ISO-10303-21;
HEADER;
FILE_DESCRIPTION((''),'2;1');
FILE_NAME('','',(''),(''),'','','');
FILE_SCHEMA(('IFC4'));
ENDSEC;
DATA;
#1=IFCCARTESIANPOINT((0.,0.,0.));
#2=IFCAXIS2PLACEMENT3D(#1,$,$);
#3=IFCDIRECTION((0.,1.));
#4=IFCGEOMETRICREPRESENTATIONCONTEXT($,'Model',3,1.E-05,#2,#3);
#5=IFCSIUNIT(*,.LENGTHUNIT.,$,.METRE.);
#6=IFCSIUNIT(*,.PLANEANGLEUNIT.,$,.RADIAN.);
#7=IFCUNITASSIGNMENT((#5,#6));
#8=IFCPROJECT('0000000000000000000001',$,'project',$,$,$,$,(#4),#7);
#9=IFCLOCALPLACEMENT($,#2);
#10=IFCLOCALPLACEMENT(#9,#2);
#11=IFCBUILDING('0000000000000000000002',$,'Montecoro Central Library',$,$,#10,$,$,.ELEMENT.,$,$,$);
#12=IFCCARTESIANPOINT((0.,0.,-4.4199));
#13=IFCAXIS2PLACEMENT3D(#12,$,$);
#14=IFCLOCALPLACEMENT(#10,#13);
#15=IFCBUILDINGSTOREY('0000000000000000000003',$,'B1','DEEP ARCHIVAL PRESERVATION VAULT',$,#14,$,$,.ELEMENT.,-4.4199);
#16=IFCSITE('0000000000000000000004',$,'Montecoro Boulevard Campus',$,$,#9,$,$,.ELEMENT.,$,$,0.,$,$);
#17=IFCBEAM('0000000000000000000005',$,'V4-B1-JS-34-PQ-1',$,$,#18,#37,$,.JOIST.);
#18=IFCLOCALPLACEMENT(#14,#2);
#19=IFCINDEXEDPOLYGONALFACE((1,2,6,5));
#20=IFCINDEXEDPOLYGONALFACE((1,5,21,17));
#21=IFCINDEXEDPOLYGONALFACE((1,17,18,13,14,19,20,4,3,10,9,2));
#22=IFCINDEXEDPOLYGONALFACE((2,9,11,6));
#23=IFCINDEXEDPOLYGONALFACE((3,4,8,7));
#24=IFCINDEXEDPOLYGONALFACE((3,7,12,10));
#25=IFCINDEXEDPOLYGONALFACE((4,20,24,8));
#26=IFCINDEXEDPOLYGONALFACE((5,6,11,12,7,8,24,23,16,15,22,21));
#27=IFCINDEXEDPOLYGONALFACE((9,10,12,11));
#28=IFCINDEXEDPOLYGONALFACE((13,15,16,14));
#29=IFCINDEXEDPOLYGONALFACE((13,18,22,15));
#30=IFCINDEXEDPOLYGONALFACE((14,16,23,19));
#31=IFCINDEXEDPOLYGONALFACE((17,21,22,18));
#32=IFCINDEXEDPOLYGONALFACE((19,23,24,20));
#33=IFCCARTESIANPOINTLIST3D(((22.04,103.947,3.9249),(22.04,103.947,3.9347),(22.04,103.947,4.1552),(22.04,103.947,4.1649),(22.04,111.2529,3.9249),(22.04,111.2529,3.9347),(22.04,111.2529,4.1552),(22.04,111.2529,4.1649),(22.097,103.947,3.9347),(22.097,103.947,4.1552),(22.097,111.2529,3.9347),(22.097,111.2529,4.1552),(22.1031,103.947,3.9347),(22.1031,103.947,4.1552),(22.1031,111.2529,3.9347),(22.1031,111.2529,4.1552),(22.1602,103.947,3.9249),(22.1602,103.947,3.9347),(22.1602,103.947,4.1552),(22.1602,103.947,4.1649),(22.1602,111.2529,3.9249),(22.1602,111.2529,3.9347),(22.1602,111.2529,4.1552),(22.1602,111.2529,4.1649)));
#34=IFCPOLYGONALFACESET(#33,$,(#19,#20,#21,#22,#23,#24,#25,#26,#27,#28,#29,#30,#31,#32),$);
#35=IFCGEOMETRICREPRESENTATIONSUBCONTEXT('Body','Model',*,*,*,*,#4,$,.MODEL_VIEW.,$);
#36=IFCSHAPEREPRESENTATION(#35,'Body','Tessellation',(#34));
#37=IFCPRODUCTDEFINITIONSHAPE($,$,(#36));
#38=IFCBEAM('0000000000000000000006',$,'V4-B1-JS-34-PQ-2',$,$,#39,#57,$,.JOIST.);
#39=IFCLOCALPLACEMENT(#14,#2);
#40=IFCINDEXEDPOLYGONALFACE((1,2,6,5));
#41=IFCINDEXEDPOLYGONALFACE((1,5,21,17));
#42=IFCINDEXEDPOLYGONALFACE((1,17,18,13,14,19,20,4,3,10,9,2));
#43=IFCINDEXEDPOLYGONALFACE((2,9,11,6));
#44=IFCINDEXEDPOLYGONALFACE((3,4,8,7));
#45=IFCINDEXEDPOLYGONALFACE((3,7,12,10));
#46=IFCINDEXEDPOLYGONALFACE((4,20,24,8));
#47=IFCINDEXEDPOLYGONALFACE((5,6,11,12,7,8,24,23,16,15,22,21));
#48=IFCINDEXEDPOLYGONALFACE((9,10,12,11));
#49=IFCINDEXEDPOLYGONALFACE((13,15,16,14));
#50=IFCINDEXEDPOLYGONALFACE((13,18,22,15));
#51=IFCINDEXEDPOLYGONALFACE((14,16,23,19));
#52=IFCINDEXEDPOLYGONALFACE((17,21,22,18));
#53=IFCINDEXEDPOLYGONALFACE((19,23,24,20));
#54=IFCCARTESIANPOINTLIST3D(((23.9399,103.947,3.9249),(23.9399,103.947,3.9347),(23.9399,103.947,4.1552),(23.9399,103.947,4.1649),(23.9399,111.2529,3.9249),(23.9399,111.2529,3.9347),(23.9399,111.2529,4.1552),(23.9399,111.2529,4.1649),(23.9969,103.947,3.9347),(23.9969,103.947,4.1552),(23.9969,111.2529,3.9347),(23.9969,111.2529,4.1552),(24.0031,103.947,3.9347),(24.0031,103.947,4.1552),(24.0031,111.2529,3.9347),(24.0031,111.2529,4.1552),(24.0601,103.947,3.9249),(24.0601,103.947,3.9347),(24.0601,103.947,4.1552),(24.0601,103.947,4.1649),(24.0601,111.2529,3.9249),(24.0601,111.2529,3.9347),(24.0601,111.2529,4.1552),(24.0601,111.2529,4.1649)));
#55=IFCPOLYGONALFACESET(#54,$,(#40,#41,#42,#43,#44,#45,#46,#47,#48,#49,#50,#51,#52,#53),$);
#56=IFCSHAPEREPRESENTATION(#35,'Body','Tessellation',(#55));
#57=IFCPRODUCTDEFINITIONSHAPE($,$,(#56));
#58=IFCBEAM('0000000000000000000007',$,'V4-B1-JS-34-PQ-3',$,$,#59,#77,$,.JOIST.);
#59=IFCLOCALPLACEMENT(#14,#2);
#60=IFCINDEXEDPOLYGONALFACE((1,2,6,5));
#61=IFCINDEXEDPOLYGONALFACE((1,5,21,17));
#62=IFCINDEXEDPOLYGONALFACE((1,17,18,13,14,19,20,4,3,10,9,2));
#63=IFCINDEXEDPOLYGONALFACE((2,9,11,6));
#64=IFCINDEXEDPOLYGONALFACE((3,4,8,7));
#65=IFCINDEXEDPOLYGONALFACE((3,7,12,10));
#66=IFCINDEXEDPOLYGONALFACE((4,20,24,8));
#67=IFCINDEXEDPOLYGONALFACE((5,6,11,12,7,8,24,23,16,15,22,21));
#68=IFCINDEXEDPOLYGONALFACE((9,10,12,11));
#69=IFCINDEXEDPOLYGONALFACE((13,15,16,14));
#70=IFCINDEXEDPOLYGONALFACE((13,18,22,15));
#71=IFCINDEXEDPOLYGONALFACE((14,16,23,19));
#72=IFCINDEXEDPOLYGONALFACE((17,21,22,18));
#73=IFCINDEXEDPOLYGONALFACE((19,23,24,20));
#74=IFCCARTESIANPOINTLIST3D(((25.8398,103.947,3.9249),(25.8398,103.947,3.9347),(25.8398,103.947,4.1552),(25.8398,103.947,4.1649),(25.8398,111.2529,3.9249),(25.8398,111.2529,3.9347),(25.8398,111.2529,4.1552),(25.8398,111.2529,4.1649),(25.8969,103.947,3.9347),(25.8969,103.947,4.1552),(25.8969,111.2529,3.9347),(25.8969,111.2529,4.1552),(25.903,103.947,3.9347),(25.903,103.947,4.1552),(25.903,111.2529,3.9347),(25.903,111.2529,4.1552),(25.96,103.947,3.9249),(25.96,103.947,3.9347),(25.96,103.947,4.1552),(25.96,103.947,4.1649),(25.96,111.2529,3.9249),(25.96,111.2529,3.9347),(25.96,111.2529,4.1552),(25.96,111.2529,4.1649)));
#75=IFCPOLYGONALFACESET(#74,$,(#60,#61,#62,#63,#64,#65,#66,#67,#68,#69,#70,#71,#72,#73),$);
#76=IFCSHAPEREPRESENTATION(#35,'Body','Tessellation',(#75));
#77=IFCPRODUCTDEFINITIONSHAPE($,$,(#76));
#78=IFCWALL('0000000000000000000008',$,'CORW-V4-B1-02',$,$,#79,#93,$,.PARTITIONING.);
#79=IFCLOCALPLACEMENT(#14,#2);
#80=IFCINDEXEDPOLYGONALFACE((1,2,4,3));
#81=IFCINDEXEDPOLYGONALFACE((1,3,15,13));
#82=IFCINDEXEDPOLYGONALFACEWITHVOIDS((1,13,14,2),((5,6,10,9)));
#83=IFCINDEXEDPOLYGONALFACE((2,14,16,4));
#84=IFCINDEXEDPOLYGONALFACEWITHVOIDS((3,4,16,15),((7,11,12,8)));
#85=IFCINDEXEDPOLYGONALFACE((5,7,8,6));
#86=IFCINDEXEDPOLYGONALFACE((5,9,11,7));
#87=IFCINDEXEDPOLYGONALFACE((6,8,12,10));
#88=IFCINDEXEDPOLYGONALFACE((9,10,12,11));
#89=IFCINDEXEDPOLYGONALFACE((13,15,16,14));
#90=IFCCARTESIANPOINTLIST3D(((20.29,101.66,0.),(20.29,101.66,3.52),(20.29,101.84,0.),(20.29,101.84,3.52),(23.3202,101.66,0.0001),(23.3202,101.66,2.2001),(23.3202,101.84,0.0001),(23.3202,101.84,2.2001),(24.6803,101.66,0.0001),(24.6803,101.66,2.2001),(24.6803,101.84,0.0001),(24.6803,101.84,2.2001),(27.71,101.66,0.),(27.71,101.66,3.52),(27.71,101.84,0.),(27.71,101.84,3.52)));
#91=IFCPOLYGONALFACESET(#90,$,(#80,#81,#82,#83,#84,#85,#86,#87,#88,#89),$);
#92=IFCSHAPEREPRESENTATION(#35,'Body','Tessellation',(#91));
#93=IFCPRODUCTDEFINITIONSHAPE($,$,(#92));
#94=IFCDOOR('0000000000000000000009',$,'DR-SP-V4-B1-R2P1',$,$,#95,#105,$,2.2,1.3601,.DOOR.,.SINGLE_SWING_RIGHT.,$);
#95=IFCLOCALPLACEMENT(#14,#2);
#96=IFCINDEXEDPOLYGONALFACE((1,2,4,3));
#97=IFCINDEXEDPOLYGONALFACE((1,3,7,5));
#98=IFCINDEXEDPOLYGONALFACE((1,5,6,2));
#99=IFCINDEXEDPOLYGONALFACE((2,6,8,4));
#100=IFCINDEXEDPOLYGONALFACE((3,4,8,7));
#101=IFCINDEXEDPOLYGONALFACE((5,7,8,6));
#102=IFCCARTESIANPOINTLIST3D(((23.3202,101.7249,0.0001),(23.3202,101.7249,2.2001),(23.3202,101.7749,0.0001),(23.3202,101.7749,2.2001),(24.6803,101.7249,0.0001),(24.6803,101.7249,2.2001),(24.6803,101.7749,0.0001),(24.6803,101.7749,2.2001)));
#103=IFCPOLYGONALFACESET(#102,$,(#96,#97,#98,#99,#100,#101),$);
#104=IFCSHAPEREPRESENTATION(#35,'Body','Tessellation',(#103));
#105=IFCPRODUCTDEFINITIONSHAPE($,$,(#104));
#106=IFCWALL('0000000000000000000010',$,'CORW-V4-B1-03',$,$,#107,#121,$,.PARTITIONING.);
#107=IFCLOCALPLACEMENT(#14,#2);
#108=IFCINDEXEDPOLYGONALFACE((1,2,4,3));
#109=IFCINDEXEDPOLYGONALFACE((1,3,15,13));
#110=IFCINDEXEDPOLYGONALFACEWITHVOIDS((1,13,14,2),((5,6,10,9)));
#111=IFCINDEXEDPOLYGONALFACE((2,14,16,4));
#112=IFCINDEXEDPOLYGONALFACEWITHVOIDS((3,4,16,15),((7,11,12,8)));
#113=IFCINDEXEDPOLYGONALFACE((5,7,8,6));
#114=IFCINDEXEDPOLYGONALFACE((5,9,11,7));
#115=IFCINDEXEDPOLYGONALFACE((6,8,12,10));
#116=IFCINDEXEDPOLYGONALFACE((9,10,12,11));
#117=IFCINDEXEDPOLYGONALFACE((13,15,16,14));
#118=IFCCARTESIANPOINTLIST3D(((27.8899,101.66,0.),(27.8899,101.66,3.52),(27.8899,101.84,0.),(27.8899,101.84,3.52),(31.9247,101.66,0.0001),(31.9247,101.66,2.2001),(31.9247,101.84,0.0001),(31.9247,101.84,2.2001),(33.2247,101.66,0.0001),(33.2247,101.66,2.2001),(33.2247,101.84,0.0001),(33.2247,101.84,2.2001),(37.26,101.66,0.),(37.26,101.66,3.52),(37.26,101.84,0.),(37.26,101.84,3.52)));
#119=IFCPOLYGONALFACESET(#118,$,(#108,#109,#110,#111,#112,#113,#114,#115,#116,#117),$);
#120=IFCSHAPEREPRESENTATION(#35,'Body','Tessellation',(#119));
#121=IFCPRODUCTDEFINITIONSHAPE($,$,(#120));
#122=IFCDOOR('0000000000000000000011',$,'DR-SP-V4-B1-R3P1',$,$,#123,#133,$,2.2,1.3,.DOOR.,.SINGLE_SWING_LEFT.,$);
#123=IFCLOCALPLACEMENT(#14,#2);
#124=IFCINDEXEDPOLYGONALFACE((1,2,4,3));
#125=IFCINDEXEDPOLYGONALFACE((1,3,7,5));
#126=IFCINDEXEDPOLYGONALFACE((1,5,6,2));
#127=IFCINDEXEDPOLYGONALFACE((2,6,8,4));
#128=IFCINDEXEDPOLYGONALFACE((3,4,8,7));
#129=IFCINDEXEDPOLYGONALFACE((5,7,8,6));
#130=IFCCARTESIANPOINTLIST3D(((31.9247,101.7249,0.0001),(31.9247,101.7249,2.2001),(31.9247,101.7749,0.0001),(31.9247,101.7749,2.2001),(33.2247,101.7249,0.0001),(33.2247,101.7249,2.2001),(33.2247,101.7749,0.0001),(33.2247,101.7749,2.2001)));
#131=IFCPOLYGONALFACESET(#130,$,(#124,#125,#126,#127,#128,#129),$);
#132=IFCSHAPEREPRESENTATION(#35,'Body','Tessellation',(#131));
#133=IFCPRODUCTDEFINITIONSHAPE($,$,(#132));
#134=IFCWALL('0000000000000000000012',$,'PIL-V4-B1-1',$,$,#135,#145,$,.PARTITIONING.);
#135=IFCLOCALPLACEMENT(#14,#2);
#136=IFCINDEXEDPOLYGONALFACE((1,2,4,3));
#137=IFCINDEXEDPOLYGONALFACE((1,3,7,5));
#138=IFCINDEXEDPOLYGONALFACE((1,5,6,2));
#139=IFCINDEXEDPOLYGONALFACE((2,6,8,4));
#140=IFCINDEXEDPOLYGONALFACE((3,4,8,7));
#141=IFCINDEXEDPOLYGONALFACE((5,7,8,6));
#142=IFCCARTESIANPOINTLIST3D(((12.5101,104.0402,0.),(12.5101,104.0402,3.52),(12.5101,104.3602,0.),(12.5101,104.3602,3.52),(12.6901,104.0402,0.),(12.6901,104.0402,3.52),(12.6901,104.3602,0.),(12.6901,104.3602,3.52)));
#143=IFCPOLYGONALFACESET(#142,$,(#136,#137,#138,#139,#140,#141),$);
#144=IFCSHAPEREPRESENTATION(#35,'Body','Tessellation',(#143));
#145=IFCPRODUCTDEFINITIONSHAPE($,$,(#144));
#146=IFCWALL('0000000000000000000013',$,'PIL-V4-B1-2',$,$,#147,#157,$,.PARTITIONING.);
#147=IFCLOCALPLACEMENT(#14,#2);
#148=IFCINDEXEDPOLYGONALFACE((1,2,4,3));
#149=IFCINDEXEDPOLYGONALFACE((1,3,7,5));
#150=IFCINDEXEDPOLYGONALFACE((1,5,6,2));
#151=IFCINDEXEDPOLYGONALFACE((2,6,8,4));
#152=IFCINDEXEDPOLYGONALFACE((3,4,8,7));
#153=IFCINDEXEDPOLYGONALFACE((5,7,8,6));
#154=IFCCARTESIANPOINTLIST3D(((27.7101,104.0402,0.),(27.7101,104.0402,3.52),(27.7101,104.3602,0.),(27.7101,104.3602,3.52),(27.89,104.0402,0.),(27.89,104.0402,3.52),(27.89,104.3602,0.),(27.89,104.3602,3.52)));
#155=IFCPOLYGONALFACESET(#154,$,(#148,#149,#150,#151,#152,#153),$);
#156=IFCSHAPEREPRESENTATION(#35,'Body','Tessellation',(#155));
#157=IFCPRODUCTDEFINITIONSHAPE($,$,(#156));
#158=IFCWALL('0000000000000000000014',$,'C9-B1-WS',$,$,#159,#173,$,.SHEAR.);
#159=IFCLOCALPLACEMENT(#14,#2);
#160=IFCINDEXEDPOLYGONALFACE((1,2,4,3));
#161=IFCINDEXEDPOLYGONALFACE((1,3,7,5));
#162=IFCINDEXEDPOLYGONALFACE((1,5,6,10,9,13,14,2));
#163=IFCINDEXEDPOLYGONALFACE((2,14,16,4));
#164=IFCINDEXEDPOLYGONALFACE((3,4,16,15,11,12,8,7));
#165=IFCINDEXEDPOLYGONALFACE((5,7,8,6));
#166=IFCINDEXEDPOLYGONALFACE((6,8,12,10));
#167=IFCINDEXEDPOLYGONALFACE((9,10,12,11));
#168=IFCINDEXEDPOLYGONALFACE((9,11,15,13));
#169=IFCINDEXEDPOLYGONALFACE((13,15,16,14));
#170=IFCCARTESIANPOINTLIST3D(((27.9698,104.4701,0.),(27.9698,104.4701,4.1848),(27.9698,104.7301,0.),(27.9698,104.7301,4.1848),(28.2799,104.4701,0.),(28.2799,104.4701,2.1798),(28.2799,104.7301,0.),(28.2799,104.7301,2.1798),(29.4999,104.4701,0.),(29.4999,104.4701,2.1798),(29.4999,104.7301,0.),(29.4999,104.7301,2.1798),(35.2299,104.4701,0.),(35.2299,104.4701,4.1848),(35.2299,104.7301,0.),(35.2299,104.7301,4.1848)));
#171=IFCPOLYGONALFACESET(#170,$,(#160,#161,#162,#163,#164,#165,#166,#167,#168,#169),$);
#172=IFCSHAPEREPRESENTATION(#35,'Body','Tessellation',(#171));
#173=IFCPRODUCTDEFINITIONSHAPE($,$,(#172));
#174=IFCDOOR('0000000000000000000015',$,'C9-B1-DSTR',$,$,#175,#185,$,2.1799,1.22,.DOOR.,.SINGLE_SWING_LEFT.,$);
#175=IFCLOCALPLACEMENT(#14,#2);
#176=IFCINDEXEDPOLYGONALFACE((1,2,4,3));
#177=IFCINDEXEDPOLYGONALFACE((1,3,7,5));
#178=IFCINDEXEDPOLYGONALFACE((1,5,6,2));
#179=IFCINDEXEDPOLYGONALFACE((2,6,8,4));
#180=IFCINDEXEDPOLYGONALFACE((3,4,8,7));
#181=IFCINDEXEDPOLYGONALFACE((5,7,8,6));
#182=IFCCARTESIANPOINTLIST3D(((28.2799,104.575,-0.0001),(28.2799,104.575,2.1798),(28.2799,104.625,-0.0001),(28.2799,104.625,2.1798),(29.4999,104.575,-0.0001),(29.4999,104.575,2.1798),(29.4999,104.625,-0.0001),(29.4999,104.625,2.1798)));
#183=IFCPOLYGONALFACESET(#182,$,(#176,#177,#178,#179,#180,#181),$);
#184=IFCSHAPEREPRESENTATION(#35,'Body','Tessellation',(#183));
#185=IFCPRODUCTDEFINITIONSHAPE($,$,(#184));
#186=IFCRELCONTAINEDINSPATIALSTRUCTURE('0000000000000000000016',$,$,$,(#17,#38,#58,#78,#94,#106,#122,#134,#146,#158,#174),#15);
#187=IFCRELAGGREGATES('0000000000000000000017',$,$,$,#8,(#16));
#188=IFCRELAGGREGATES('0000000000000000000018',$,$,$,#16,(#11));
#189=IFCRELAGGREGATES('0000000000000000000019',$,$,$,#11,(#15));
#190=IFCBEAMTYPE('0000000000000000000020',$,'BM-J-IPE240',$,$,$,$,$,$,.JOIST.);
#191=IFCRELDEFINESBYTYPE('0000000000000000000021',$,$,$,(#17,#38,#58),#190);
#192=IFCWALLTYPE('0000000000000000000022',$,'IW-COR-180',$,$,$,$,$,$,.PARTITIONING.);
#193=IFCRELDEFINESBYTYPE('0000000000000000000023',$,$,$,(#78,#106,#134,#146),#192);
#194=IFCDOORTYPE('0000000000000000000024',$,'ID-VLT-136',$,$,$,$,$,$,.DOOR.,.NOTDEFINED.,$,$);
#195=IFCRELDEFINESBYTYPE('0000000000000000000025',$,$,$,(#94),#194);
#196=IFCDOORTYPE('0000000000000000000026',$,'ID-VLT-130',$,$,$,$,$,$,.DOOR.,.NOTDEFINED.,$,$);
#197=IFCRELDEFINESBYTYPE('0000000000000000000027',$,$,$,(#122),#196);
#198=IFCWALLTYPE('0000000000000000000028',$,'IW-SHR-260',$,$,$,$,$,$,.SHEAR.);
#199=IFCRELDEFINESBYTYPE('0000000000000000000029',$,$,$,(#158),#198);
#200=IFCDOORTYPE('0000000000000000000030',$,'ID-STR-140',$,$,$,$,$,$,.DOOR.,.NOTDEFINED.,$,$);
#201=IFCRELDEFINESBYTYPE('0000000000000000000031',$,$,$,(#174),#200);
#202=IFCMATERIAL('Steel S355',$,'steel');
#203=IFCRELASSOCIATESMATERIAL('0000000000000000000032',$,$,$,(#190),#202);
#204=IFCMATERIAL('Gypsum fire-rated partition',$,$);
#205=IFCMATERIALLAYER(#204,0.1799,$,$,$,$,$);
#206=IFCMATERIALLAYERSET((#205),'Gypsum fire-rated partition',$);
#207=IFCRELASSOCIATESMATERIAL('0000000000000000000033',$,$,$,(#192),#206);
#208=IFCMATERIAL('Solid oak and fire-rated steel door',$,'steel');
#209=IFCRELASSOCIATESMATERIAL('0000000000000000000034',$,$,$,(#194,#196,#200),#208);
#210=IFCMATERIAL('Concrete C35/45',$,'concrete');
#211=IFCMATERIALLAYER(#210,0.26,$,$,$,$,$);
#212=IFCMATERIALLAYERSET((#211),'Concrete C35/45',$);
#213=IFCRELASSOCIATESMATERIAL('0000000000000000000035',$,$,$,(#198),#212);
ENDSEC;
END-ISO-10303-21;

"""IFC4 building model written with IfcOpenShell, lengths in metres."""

from ifc_helpers import new_model, si_unit, direction, frame, frame_2d, origin, origin_2d, place, context, subcontext, project, spatial, rectangle, i_section, extrude, material, layer, layer_set, material_profile, profile_set, type_object, element, fill, save


model = new_model("IFC4")

# Units and contexts
model_context = context("Model", 3, precision=1e-05, world=origin(), true_north=direction((0.0, 1.0)))
body_context = subcontext(model_context, "Body", "Model", "MODEL_VIEW")
ifc_project = project(units=[si_unit("LENGTHUNIT", "METRE"), si_unit("PLANEANGLEUNIT", "RADIAN")], contexts=[model_context])

# Site, building, storey
site_placement = place(None, origin())
site = spatial("IfcSite", under=ifc_project, at=site_placement, Name="Montecoro Boulevard Campus", CompositionType="ELEMENT", RefElevation=0.0)
building_placement = place(site_placement, origin())
building = spatial("IfcBuilding", under=site, at=building_placement, Name="Montecoro Central Library", CompositionType="ELEMENT")
storey_placement = place(building_placement, frame((0.0, 0.0, -4.4199)))
storey = spatial("IfcBuildingStorey", under=building, at=storey_placement, Name="B1", Description="DEEP ARCHIVAL PRESERVATION VAULT", CompositionType="ELEMENT", Elevation=-4.4199)

# Shared definitions
ifc_material_1 = material(Name="Concrete C35/45", Category="concrete")

# Beams
ifc_material_2 = material(Name="Steel S355", Category="steel")
ifc_material_profile_1 = material_profile(ifc_material_2, i_section(OverallWidth=0.1201, OverallDepth=0.24, WebThickness=0.0061, FlangeThickness=0.0098, at=origin_2d()), Name="IPE 240")
ifc_profile_set_1 = profile_set([ifc_material_profile_1], Name="Steel S355")
beam_type_1 = type_object("IfcBeamType", Name="BM-J-IPE240", PredefinedType="JOIST", material=ifc_profile_set_1)
for number, where, z_axis, x_axis, name in (
    (1, (22.1001, 103.947, 4.0449), (0.0, 1.0, 0.0), (-1.0, 0.0, 0.0), "V4-B1-JS-34-PQ-1"),
    (2, (24.0, 103.947, 4.0449), (0.0, 1.0, 0.0), (-1.0, 0.0, 0.0), "V4-B1-JS-34-PQ-2"),
    (3, (25.8999, 103.947, 4.0449), (0.0, 1.0, 0.0), (-1.0, 0.0, 0.0), "V4-B1-JS-34-PQ-3"),
):
    element("IfcBeam", number, at=place(storey_placement, frame(where, z_axis=z_axis, x_axis=x_axis)), inside=storey, type_object=beam_type_1, Name=name, PredefinedType="JOIST", context=body_context, shape_type="SweptSolid", body=[
        extrude(i_section(OverallWidth=0.1201, OverallDepth=0.24, WebThickness=0.0061, FlangeThickness=0.0098, at=origin_2d()), origin(), (0.0, 0.0, 1.0), 7.3059),
    ])

# Walls, openings, doors
ifc_material_3 = material(Name="Gypsum fire-rated partition")
ifc_layer_1 = layer(ifc_material_3, 0.1799)
ifc_layer_set_1 = layer_set([ifc_layer_1], Name="Gypsum fire-rated partition")
wall_type_1 = type_object("IfcWallType", Name="IW-COR-180", PredefinedType="PARTITIONING", material=ifc_layer_set_1)
wall_1_placement = place(storey_placement, frame((20.29, 101.75, 0.0), z_axis=(0.0, 0.0, 1.0), x_axis=(1.0, 0.0, 0.0)))
wall_1 = element("IfcWall", 4, at=wall_1_placement, inside=storey, type_object=wall_type_1, Name="CORW-V4-B1-02", PredefinedType="PARTITIONING", context=body_context, shape_type="SweptSolid", body=[
    extrude(rectangle(XDim=7.4199, YDim=0.1799, at=frame_2d((3.71, 0.0))), origin(), (0.0, 0.0, 1.0), 3.52),
])
opening_1_placement = place(wall_1_placement, frame((3.03, 0.0, 0.0)))
opening_1 = element("IfcOpeningElement", 5, at=opening_1_placement, cuts=wall_1, PredefinedType="OPENING", context=body_context, shape_type="SweptSolid", body=[
    extrude(rectangle(XDim=1.3601, YDim=2.2, at=frame_2d((0.6802, 1.1001))), frame((0.0, 0.0999, 0.0), z_axis=(0.0, -1.0, 0.0), x_axis=(1.0, 0.0, 0.0)), (0.0, 0.0, 1.0), 0.2),
])
ifc_material_4 = material(Name="Solid oak and fire-rated steel door", Category="steel")
door_type_1 = type_object("IfcDoorType", Name="ID-VLT-136", OperationType="NOTDEFINED", PredefinedType="DOOR", material=ifc_material_4)
door_1_placement = place(opening_1_placement, origin())
door_1 = element("IfcDoor", 6, at=door_1_placement, inside=storey, type_object=door_type_1, Name="DR-SP-V4-B1-R2P1", OperationType="SINGLE_SWING_RIGHT", OverallHeight=2.2, OverallWidth=1.3601, PredefinedType="DOOR", context=body_context, shape_type="SweptSolid", body=[
    extrude(rectangle(XDim=1.3601, YDim=2.2, at=frame_2d((0.6802, 1.1001))), frame((0.0, 0.0249, 0.0), z_axis=(0.0, -1.0, 0.0), x_axis=(1.0, 0.0, 0.0)), (0.0, 0.0, 1.0), 0.05),
])
fill(opening_1, door_1)
wall_2_placement = place(storey_placement, frame((27.8899, 101.75, 0.0), z_axis=(0.0, 0.0, 1.0), x_axis=(1.0, 0.0, 0.0)))
wall_2 = element("IfcWall", 7, at=wall_2_placement, inside=storey, type_object=wall_type_1, Name="CORW-V4-B1-03", PredefinedType="PARTITIONING", context=body_context, shape_type="SweptSolid", body=[
    extrude(rectangle(XDim=9.3701, YDim=0.1799, at=frame_2d((4.6851, 0.0))), origin(), (0.0, 0.0, 1.0), 3.52),
])
opening_2_placement = place(wall_2_placement, frame((4.0349, 0.0, 0.0)))
opening_2 = element("IfcOpeningElement", 8, at=opening_2_placement, cuts=wall_2, PredefinedType="OPENING", context=body_context, shape_type="SweptSolid", body=[
    extrude(rectangle(XDim=1.3, YDim=2.2, at=frame_2d((0.6499, 1.1001))), frame((0.0, 0.0999, 0.0), z_axis=(0.0, -1.0, 0.0), x_axis=(1.0, 0.0, 0.0)), (0.0, 0.0, 1.0), 0.2),
])
door_type_2 = type_object("IfcDoorType", Name="ID-VLT-130", OperationType="NOTDEFINED", PredefinedType="DOOR", material=ifc_material_4)
door_2_placement = place(opening_2_placement, origin())
door_2 = element("IfcDoor", 9, at=door_2_placement, inside=storey, type_object=door_type_2, Name="DR-SP-V4-B1-R3P1", OperationType="SINGLE_SWING_LEFT", OverallHeight=2.2, OverallWidth=1.3, PredefinedType="DOOR", context=body_context, shape_type="SweptSolid", body=[
    extrude(rectangle(XDim=1.3, YDim=2.2, at=frame_2d((0.6499, 1.1001))), frame((0.0, 0.0249, 0.0), z_axis=(0.0, -1.0, 0.0), x_axis=(1.0, 0.0, 0.0)), (0.0, 0.0, 1.0), 0.05),
])
fill(opening_2, door_2)

# Walls
for number, where, z_axis, x_axis, name in (
    (10, (12.6001, 104.04, 0.0), (0.0, 0.0, 1.0), (0.0, 1.0, 0.0), "PIL-V4-B1-1"),
    (11, (27.8, 104.04, 0.0), (0.0, 0.0, 1.0), (0.0, 1.0, 0.0), "PIL-V4-B1-2"),
):
    element("IfcWall", number, at=place(storey_placement, frame(where, z_axis=z_axis, x_axis=x_axis)), inside=storey, type_object=wall_type_1, Name=name, PredefinedType="PARTITIONING", context=body_context, shape_type="SweptSolid", body=[
        extrude(rectangle(XDim=0.3201, YDim=0.1799, at=frame_2d((0.1602, 0.0))), origin(), (0.0, 0.0, 1.0), 3.52),
    ])

# Wall, opening, door
ifc_layer_2 = layer(ifc_material_1, 0.26)
ifc_layer_set_2 = layer_set([ifc_layer_2], Name="Concrete C35/45")
wall_type_2 = type_object("IfcWallType", Name="IW-SHR-260", PredefinedType="SHEAR", material=ifc_layer_set_2)
wall_3_placement = place(storey_placement, frame((27.97, 104.6001, 0.0), z_axis=(0.0, 0.0, 1.0), x_axis=(1.0, 0.0, 0.0)))
wall_3 = element("IfcWall", 12, at=wall_3_placement, inside=storey, type_object=wall_type_2, Name="C9-B1-WS", PredefinedType="SHEAR", context=body_context, shape_type="SweptSolid", body=[
    extrude(rectangle(XDim=7.26, YDim=0.26, at=frame_2d((3.6299, 0.0))), origin(), (0.0, 0.0, 1.0), 4.1848),
])
opening_3_placement = place(wall_3_placement, frame((0.3101, 0.0, 0.0)))
opening_3 = element("IfcOpeningElement", 13, at=opening_3_placement, cuts=wall_3, PredefinedType="OPENING", context=body_context, shape_type="SweptSolid", body=[
    extrude(rectangle(XDim=1.22, YDim=2.1799, at=frame_2d((0.6099, 1.0898))), frame((0.0, 0.1399, 0.0), z_axis=(0.0, -1.0, 0.0), x_axis=(1.0, 0.0, 0.0)), (0.0, 0.0, 1.0), 0.28),
])
door_type_3 = type_object("IfcDoorType", Name="ID-STR-140", OperationType="NOTDEFINED", PredefinedType="DOOR", material=ifc_material_4)
door_3_placement = place(opening_3_placement, origin())
door_3 = element("IfcDoor", 14, at=door_3_placement, inside=storey, type_object=door_type_3, Name="C9-B1-DSTR", OperationType="SINGLE_SWING_LEFT", OverallHeight=2.1799, OverallWidth=1.22, PredefinedType="DOOR", context=body_context, shape_type="SweptSolid", body=[
    extrude(rectangle(XDim=1.22, YDim=2.1799, at=frame_2d((0.6099, 1.0898))), frame((0.0, 0.0249, 0.0), z_axis=(0.0, -1.0, 0.0), x_axis=(1.0, 0.0, 0.0)), (0.0, 0.0, 1.0), 0.05),
])
fill(opening_3, door_3)

save(model, "model.ifc")
